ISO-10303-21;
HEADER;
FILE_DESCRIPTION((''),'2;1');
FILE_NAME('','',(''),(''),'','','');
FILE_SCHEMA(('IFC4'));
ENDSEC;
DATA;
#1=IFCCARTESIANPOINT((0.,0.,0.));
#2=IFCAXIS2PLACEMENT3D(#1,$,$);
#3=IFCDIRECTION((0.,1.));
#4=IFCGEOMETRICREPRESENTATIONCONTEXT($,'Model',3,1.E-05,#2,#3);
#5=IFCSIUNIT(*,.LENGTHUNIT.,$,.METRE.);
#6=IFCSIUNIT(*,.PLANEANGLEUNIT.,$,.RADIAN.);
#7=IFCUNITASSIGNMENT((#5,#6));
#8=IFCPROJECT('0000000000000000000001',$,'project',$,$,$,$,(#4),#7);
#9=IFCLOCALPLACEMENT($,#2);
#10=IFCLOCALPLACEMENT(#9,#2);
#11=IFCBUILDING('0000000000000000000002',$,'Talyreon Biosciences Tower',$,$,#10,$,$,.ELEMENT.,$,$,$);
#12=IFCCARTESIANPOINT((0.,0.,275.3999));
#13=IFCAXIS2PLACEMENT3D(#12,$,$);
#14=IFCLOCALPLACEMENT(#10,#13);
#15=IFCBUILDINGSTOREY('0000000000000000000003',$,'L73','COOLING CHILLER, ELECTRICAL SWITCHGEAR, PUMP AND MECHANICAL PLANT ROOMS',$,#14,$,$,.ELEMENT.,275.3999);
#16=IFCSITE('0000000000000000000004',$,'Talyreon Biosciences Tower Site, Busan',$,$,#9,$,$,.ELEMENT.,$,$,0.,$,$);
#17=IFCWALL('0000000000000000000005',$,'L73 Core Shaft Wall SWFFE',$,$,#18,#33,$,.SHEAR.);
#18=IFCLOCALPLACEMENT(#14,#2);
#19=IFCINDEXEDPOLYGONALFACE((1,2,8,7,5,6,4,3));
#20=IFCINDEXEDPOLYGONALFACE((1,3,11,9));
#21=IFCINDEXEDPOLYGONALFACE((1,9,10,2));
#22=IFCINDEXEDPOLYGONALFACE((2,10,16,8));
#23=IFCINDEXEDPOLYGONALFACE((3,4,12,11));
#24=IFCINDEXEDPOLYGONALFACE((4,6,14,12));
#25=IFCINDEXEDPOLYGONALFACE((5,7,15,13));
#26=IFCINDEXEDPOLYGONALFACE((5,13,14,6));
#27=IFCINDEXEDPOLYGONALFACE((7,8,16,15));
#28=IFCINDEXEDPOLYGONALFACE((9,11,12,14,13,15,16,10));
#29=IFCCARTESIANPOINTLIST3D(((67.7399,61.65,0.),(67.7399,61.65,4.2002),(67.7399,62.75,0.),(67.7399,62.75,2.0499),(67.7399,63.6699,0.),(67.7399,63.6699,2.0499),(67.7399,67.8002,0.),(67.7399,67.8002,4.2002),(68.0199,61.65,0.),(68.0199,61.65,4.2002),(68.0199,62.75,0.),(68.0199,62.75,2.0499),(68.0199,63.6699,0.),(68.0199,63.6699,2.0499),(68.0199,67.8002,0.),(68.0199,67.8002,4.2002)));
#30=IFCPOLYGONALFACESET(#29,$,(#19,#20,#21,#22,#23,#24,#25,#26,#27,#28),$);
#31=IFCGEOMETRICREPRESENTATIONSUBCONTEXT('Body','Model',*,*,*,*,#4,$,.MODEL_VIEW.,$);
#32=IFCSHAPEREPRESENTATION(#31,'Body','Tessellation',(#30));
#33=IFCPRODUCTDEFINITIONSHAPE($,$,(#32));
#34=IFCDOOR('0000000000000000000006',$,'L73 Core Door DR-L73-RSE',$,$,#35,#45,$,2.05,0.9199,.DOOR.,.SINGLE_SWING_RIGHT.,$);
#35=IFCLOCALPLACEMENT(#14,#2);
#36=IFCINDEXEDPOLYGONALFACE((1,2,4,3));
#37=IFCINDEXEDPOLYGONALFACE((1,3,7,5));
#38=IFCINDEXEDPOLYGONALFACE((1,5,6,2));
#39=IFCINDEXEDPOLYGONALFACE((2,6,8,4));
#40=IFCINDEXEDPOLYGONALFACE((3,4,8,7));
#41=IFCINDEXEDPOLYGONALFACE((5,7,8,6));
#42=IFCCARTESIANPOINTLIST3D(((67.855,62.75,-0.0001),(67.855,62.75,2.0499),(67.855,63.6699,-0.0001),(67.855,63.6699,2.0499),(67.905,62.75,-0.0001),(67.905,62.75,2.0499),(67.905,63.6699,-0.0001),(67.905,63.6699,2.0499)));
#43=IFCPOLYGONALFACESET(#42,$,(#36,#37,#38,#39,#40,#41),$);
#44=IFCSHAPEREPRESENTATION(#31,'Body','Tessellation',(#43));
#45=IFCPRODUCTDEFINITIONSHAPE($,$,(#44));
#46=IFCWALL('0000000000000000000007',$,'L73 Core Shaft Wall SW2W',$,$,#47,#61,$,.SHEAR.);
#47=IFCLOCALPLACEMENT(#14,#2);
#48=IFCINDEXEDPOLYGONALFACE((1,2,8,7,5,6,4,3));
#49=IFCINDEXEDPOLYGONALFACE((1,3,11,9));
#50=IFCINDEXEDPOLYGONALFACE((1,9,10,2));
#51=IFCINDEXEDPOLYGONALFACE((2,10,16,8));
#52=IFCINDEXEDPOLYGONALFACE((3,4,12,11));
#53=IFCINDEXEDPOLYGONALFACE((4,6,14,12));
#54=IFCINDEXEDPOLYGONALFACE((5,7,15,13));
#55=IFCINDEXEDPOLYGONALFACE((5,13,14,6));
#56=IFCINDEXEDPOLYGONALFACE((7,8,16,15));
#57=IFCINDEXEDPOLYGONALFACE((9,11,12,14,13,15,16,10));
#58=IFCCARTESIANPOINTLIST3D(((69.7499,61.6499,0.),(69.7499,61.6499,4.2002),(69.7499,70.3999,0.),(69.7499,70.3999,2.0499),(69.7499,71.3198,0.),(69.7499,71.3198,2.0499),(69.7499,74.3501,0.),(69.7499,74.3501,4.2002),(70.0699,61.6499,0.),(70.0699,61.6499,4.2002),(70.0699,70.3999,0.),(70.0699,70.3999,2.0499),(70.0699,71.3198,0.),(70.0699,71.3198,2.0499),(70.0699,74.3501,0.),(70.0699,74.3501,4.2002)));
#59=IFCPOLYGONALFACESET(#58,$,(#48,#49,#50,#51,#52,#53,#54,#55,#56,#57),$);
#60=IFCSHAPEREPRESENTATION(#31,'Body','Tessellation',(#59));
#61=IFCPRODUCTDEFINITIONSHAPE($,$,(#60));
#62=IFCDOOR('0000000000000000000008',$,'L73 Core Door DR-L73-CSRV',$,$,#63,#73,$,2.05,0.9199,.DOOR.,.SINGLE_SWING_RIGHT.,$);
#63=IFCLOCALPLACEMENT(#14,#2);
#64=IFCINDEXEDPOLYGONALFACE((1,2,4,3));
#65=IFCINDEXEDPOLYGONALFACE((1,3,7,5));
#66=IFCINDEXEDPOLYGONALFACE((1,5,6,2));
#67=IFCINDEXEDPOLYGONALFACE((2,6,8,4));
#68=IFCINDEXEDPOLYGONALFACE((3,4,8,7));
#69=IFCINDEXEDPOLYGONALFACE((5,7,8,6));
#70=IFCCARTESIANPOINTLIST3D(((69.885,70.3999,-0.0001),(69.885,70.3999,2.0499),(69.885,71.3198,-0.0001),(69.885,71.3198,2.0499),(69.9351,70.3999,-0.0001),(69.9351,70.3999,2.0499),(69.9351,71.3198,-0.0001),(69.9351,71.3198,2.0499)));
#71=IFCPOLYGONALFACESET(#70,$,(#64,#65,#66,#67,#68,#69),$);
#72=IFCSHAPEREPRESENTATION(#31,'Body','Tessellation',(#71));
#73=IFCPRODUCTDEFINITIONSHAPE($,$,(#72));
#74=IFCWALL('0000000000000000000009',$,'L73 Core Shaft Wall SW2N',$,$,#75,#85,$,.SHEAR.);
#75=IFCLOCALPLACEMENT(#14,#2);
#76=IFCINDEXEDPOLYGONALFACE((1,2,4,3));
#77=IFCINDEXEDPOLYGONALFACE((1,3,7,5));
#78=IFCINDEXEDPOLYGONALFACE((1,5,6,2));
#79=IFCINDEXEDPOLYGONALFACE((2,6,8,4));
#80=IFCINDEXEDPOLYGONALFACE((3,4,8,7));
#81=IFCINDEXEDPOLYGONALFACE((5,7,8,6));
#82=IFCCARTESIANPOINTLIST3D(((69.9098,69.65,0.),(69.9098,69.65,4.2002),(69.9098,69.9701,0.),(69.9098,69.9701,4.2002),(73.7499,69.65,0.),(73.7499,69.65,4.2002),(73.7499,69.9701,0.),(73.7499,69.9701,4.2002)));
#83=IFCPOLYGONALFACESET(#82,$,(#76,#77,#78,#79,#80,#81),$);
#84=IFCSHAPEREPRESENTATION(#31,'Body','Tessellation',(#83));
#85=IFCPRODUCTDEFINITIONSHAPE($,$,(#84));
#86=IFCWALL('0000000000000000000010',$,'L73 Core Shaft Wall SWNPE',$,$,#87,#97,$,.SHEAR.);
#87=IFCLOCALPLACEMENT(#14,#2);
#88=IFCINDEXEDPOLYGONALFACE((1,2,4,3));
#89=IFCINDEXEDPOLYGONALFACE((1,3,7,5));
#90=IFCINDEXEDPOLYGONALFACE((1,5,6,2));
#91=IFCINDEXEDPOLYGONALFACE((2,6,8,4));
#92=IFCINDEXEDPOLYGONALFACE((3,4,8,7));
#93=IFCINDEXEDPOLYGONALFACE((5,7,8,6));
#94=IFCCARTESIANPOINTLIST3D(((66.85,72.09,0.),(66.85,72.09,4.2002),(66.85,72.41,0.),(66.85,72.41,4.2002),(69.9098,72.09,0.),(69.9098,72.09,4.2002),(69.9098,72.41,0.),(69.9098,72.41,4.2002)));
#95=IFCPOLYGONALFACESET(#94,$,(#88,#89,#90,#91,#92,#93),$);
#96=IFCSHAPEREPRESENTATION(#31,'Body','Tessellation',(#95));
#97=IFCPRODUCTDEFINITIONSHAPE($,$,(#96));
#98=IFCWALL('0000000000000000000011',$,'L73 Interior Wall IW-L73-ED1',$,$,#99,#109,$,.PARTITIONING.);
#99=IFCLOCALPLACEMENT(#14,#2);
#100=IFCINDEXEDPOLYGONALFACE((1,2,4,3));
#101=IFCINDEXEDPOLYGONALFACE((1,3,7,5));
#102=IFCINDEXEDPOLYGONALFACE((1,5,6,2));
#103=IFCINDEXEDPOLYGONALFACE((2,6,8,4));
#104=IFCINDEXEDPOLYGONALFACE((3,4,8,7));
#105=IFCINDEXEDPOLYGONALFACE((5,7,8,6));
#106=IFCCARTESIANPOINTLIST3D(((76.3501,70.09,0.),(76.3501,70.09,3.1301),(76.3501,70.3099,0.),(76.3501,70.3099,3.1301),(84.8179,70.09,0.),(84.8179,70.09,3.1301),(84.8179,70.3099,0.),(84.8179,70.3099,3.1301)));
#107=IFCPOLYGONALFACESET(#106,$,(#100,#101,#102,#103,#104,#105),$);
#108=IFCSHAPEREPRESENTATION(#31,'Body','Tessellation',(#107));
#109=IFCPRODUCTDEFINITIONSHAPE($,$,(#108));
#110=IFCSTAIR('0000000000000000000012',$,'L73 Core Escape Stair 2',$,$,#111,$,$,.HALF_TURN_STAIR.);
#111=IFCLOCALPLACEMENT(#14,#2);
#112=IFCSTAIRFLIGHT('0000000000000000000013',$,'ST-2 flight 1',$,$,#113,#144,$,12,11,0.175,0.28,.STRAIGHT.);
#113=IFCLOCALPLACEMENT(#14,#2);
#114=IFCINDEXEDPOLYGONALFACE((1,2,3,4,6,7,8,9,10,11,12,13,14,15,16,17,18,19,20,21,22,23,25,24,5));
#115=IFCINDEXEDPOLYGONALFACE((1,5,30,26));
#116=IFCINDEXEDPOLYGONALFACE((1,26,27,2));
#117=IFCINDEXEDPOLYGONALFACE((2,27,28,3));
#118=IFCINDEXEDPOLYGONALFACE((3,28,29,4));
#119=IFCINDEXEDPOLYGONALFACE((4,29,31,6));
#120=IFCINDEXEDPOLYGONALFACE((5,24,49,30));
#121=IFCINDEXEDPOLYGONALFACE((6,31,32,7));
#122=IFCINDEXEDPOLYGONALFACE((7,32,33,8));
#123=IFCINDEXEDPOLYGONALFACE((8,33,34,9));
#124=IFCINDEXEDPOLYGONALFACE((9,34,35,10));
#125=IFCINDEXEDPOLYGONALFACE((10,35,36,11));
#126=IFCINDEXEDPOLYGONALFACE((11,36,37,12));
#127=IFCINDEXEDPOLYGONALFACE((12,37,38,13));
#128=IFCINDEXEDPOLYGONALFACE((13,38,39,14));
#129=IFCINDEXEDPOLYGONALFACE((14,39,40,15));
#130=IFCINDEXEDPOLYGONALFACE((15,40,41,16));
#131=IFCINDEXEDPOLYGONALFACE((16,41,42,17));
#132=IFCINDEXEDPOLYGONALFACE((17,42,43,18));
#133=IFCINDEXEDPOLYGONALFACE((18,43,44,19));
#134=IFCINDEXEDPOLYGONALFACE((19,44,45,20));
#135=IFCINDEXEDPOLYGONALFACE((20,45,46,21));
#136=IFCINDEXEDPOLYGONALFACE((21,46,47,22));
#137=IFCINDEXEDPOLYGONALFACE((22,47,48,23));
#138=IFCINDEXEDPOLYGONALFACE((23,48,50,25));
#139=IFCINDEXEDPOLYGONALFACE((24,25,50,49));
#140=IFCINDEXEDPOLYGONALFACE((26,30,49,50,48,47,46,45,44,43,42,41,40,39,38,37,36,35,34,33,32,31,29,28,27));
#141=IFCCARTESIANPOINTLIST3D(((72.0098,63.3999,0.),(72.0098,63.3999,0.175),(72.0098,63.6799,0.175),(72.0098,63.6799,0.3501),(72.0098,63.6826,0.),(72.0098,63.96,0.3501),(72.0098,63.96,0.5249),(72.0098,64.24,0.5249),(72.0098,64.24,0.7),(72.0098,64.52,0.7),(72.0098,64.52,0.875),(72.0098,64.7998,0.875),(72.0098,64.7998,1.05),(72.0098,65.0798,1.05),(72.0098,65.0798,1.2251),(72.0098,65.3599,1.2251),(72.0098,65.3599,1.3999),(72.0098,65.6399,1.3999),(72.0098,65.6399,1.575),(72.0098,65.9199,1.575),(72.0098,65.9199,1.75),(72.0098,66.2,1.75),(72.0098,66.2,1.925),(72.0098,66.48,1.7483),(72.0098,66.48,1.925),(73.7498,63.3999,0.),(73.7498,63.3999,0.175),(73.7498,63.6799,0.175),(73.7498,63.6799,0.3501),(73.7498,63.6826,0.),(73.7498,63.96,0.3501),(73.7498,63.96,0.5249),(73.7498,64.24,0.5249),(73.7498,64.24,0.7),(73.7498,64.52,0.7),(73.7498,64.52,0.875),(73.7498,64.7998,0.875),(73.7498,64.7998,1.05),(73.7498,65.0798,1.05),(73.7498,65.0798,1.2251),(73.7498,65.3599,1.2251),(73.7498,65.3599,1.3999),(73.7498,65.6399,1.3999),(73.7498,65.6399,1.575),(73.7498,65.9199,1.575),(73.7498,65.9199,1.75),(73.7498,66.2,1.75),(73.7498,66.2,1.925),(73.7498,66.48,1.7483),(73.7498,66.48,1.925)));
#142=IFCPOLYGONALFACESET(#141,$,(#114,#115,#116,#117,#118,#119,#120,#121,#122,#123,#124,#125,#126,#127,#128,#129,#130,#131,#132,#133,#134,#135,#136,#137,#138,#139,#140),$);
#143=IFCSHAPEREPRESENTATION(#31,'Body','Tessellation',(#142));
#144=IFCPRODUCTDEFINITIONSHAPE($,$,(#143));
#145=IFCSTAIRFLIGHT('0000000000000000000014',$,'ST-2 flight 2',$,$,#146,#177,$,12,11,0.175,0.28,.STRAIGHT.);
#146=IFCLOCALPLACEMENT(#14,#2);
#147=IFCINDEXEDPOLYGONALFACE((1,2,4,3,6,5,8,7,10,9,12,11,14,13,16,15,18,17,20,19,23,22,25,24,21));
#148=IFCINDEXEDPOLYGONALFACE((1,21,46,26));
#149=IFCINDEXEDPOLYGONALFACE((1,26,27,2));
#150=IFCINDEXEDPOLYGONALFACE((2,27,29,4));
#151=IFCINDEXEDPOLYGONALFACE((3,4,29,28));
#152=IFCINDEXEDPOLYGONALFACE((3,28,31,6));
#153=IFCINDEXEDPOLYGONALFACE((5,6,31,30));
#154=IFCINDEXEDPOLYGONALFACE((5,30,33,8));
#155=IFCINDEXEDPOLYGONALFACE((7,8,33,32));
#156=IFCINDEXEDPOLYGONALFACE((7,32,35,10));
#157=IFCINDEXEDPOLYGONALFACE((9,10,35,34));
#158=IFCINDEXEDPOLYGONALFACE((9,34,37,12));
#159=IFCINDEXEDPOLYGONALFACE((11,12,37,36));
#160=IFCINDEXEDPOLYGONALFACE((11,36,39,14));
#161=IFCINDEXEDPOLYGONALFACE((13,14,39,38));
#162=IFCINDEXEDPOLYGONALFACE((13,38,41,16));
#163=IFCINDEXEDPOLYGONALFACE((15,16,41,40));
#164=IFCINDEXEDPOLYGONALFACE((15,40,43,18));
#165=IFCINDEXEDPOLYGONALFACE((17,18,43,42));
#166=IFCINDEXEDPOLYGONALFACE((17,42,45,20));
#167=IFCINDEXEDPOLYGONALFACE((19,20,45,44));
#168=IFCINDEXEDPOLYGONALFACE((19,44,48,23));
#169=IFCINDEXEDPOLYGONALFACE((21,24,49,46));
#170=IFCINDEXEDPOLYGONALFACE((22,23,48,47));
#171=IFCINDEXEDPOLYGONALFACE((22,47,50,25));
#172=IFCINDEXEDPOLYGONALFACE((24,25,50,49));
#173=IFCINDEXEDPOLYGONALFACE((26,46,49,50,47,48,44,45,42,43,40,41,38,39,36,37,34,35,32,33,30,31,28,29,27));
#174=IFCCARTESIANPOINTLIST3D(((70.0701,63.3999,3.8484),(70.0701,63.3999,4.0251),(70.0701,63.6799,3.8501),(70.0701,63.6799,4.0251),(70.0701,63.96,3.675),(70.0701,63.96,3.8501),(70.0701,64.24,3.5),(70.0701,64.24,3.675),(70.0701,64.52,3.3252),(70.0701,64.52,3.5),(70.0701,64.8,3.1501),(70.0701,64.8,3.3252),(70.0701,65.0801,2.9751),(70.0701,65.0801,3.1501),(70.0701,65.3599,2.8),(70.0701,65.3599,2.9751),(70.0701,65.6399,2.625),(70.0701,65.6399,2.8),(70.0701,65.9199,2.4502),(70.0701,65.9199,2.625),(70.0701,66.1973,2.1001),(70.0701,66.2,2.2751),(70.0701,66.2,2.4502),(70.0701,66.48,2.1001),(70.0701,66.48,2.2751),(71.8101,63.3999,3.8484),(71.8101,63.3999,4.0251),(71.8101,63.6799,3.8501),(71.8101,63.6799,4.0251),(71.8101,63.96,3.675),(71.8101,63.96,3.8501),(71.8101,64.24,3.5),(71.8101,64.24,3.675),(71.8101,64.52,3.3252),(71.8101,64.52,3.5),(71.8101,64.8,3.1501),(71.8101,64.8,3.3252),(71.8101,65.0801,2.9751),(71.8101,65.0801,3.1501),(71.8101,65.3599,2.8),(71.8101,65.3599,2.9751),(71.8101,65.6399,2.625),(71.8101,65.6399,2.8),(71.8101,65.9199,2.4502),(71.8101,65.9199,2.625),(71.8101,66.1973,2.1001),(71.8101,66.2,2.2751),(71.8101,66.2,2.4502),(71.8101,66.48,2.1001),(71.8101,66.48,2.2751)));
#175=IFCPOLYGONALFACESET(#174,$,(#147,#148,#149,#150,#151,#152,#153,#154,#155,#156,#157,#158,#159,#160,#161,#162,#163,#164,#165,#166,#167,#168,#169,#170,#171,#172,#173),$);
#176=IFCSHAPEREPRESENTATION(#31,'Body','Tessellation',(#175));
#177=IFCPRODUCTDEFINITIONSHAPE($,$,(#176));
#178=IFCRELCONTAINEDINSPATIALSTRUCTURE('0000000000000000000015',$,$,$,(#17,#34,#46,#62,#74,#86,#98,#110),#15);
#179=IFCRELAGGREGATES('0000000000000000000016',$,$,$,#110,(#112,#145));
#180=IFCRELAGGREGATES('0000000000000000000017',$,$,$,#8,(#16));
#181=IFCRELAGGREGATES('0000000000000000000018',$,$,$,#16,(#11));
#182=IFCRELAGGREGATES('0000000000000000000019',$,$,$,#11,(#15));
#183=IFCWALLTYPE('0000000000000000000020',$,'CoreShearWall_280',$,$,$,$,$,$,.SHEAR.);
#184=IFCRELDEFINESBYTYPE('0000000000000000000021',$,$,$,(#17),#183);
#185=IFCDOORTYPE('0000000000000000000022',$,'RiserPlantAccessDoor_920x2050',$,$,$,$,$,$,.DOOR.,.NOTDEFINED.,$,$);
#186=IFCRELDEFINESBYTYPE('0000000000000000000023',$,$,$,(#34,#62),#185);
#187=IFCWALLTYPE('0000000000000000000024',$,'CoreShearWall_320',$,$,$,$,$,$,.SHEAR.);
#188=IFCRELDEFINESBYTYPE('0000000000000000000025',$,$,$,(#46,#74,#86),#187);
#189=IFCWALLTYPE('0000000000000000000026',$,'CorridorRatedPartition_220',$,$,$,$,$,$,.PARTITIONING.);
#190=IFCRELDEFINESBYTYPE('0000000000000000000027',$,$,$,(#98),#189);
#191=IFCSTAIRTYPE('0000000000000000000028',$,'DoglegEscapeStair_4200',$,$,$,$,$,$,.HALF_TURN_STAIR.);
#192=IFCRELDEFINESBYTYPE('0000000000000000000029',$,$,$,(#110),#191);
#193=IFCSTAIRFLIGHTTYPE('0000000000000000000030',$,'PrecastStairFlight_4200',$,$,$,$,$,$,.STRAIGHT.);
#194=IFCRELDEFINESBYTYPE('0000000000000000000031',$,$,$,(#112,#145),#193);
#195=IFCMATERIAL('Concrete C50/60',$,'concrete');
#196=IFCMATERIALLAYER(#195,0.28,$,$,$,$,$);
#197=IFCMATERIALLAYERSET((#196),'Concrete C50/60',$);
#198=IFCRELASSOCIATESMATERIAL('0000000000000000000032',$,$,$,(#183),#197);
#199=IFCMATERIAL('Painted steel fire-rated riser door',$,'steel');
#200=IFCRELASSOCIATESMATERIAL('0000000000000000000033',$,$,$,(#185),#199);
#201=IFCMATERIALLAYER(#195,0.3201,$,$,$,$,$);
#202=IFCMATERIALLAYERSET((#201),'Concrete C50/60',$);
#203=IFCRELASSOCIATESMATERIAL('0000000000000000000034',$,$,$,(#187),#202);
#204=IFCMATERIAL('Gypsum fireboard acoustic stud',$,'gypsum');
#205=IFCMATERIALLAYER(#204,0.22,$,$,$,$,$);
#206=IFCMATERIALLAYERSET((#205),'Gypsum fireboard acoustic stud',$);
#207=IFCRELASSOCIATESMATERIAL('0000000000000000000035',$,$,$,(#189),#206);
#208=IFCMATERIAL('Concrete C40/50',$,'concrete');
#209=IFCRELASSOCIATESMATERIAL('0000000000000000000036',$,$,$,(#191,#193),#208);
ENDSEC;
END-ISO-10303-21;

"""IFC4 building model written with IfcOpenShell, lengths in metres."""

from ifc_helpers import new_model, si_unit, direction, frame, frame_2d, origin, place, context, subcontext, project, spatial, polyline, rectangle, outline, extrude, material, layer, layer_set, type_object, element, fill, aggregate, save


model = new_model("IFC4")

# Units and contexts
model_context = context("Model", 3, precision=1e-05, world=origin(), true_north=direction((0.0, 1.0)))
body_context = subcontext(model_context, "Body", "Model", "MODEL_VIEW")
ifc_project = project(units=[si_unit("LENGTHUNIT", "METRE"), si_unit("PLANEANGLEUNIT", "RADIAN")], contexts=[model_context])

# Site, building, storey
site_placement = place(None, origin())
site = spatial("IfcSite", under=ifc_project, at=site_placement, Name="Talyreon Biosciences Tower Site, Busan", CompositionType="ELEMENT", RefElevation=0.0)
building_placement = place(site_placement, origin())
building = spatial("IfcBuilding", under=site, at=building_placement, Name="Talyreon Biosciences Tower", CompositionType="ELEMENT")
storey_placement = place(building_placement, frame((0.0, 0.0, 275.3999)))
storey = spatial("IfcBuildingStorey", under=building, at=storey_placement, Name="L73", Description="COOLING CHILLER, ELECTRICAL SWITCHGEAR, PUMP AND MECHANICAL PLANT ROOMS", CompositionType="ELEMENT", Elevation=275.3999)

# Shared definitions
ifc_material_1 = material(Name="Concrete C50/60", Category="concrete")

# Shared definitions
ifc_layer_1 = layer(ifc_material_1, 0.28)
ifc_layer_set_1 = layer_set([ifc_layer_1], Name="Concrete C50/60")
wall_type_1 = type_object("IfcWallType", Name="CoreShearWall_280", PredefinedType="SHEAR", material=ifc_layer_set_1)

# Walls, openings, doors
wall_1_placement = place(storey_placement, frame((67.8799, 61.6499, 0.0), z_axis=(0.0, 0.0, 1.0), x_axis=(0.0, 1.0, 0.0)))
wall_1 = element("IfcWall", 1, at=wall_1_placement, inside=storey, type_object=wall_type_1, Name="L73 Core Shaft Wall SWFFE", PredefinedType="SHEAR", context=body_context, shape_type="SweptSolid", body=[
    extrude(rectangle(XDim=6.1501, YDim=0.28, at=frame_2d((3.0752, 0.0))), origin(), (0.0, 0.0, 1.0), 4.2002),
])
opening_1_placement = place(wall_1_placement, frame((1.1001, 0.0, 0.0)))
opening_1 = element("IfcOpeningElement", 2, at=opening_1_placement, cuts=wall_1, PredefinedType="OPENING", context=body_context, shape_type="SweptSolid", body=[
    extrude(rectangle(XDim=0.9199, YDim=2.05, at=frame_2d((0.46, 1.0249))), frame((0.0, 0.1499, 0.0), z_axis=(0.0, -1.0, 0.0), x_axis=(1.0, 0.0, 0.0)), (0.0, 0.0, 1.0), 0.3),
])
ifc_material_2 = material(Name="Painted steel fire-rated riser door", Category="steel")
door_type = type_object("IfcDoorType", Name="RiserPlantAccessDoor_920x2050", OperationType="NOTDEFINED", PredefinedType="DOOR", material=ifc_material_2)
door_1_placement = place(opening_1_placement, origin())
door_1 = element("IfcDoor", 3, at=door_1_placement, inside=storey, type_object=door_type, Name="L73 Core Door DR-L73-RSE", OperationType="SINGLE_SWING_RIGHT", OverallHeight=2.05, OverallWidth=0.9199, PredefinedType="DOOR", context=body_context, shape_type="SweptSolid", body=[
    extrude(rectangle(XDim=0.9199, YDim=2.05, at=frame_2d((0.46, 1.0249))), frame((0.0, 0.0249, 0.0), z_axis=(0.0, -1.0, 0.0), x_axis=(1.0, 0.0, 0.0)), (0.0, 0.0, 1.0), 0.05),
])
fill(opening_1, door_1)
ifc_layer_2 = layer(ifc_material_1, 0.3201)
ifc_layer_set_2 = layer_set([ifc_layer_2], Name="Concrete C50/60")
wall_type_2 = type_object("IfcWallType", Name="CoreShearWall_320", PredefinedType="SHEAR", material=ifc_layer_set_2)
wall_2_placement = place(storey_placement, frame((69.9099, 61.6499, 0.0), z_axis=(0.0, 0.0, 1.0), x_axis=(0.0, 1.0, 0.0)))
wall_2 = element("IfcWall", 4, at=wall_2_placement, inside=storey, type_object=wall_type_2, Name="L73 Core Shaft Wall SW2W", PredefinedType="SHEAR", context=body_context, shape_type="SweptSolid", body=[
    extrude(rectangle(XDim=12.7002, YDim=0.3201, at=frame_2d((6.3501, 0.0))), origin(), (0.0, 0.0, 1.0), 4.2002),
])
opening_2_placement = place(wall_2_placement, frame((8.75, 0.0, 0.0)))
opening_2 = element("IfcOpeningElement", 5, at=opening_2_placement, cuts=wall_2, PredefinedType="OPENING", context=body_context, shape_type="SweptSolid", body=[
    extrude(rectangle(XDim=0.9199, YDim=2.05, at=frame_2d((0.46, 1.0249))), frame((0.0, 0.1699, 0.0), z_axis=(0.0, -1.0, 0.0), x_axis=(1.0, 0.0, 0.0)), (0.0, 0.0, 1.0), 0.3401),
])
door_2_placement = place(opening_2_placement, origin())
door_2 = element("IfcDoor", 6, at=door_2_placement, inside=storey, type_object=door_type, Name="L73 Core Door DR-L73-CSRV", OperationType="SINGLE_SWING_RIGHT", OverallHeight=2.05, OverallWidth=0.9199, PredefinedType="DOOR", context=body_context, shape_type="SweptSolid", body=[
    extrude(rectangle(XDim=0.9199, YDim=2.05, at=frame_2d((0.46, 1.0249))), frame((0.0, 0.0249, 0.0), z_axis=(0.0, -1.0, 0.0), x_axis=(1.0, 0.0, 0.0)), (0.0, 0.0, 1.0), 0.05),
])
fill(opening_2, door_2)

# Walls
wall_3_placement = place(storey_placement, frame((69.9099, 69.8101, 0.0), z_axis=(0.0, 0.0, 1.0), x_axis=(1.0, 0.0, 0.0)))
element("IfcWall", 7, at=wall_3_placement, inside=storey, type_object=wall_type_2, Name="L73 Core Shaft Wall SW2N", PredefinedType="SHEAR", context=body_context, shape_type="SweptSolid", body=[
    extrude(rectangle(XDim=3.8401, YDim=0.3201, at=frame_2d((1.9199, 0.0))), origin(), (0.0, 0.0, 1.0), 4.2002),
])
wall_4_placement = place(storey_placement, frame((66.8501, 72.25, 0.0), z_axis=(0.0, 0.0, 1.0), x_axis=(1.0, 0.0, 0.0)))
element("IfcWall", 8, at=wall_4_placement, inside=storey, type_object=wall_type_2, Name="L73 Core Shaft Wall SWNPE", PredefinedType="SHEAR", context=body_context, shape_type="SweptSolid", body=[
    extrude(rectangle(XDim=3.0598, YDim=0.3201, at=frame_2d((1.5298, 0.0))), origin(), (0.0, 0.0, 1.0), 4.2002),
])
ifc_material_3 = material(Name="Gypsum fireboard acoustic stud", Category="gypsum")
ifc_layer_3 = layer(ifc_material_3, 0.22)
ifc_layer_set_3 = layer_set([ifc_layer_3], Name="Gypsum fireboard acoustic stud")
wall_type_3 = type_object("IfcWallType", Name="CorridorRatedPartition_220", PredefinedType="PARTITIONING", material=ifc_layer_set_3)
wall_5_placement = place(storey_placement, frame((76.3501, 70.2, 0.0), z_axis=(0.0, 0.0, 1.0), x_axis=(1.0, 0.0, 0.0)))
element("IfcWall", 9, at=wall_5_placement, inside=storey, type_object=wall_type_3, Name="L73 Interior Wall IW-L73-ED1", PredefinedType="PARTITIONING", context=body_context, shape_type="SweptSolid", body=[
    extrude(rectangle(XDim=8.4678, YDim=0.22, at=frame_2d((4.2339, 0.0))), origin(), (0.0, 0.0, 1.0), 3.1301),
])

# Stair, stair flights
ifc_material_4 = material(Name="Concrete C40/50", Category="concrete")
stair_type = type_object("IfcStairType", Name="DoglegEscapeStair_4200", PredefinedType="HALF_TURN_STAIR", material=ifc_material_4)
stair_placement = place(storey_placement, origin())
stair = element("IfcStair", 10, at=stair_placement, inside=storey, type_object=stair_type, Name="L73 Core Escape Stair 2", PredefinedType="HALF_TURN_STAIR")
stair_flight_type = type_object("IfcStairFlightType", Name="PrecastStairFlight_4200", PredefinedType="STRAIGHT", material=ifc_material_4)
stair_flight_1_placement = place(storey_placement, frame((72.8799, 63.3999, 0.0), z_axis=(0.0, 0.0, 1.0), x_axis=(0.0, 1.0, 0.0)))
stair_flight_1 = element("IfcStairFlight", 11, at=stair_flight_1_placement, type_object=stair_flight_type, Name="ST-2 flight 1", NumberOfRisers=12, NumberOfTreads=11, PredefinedType="STRAIGHT", RiserHeight=0.175, TreadLength=0.28, context=body_context, shape_type="SweptSolid", body=[
    extrude(outline(polyline([(0.0, 0.0), (0.0, 0.175), (0.28, 0.175), (0.28, 0.3501), (0.5601, 0.3501), (0.5601, 0.5249), (0.8401, 0.5249), (0.8401, 0.7), (1.1201, 0.7), (1.1201, 0.875), (1.3999, 0.875), (1.3999, 1.05), (1.6799, 1.05), (1.6799, 1.2251), (1.96, 1.2251), (1.96, 1.3999), (2.24, 1.3999), (2.24, 1.575), (2.52, 1.575), (2.52, 1.75), (2.8, 1.75), (2.8, 1.925), (3.0801, 1.925), (3.0801, 2.1001), (3.0801, 1.7483), (0.2827, 0.0), (0.0, 0.0)])), frame((0.0, 0.8701, 0.0), z_axis=(0.0, -1.0, 0.0), x_axis=(1.0, 0.0, 0.0)), (0.0, 0.0, 1.0), 1.74),
])
stair_flight_2_placement = place(storey_placement, frame((70.9399, 66.48, 2.1001), z_axis=(0.0, 0.0, 1.0), x_axis=(0.0, -1.0, 0.0)))
stair_flight_2 = element("IfcStairFlight", 12, at=stair_flight_2_placement, type_object=stair_flight_type, Name="ST-2 flight 2", NumberOfRisers=12, NumberOfTreads=11, PredefinedType="STRAIGHT", RiserHeight=0.175, TreadLength=0.28, context=body_context, shape_type="SweptSolid", body=[
    extrude(outline(polyline([(0.0, 0.0), (0.0, 0.175), (0.28, 0.175), (0.28, 0.3501), (0.5601, 0.3501), (0.5601, 0.5249), (0.8401, 0.5249), (0.8401, 0.7), (1.1201, 0.7), (1.1201, 0.875), (1.3999, 0.875), (1.3999, 1.05), (1.6799, 1.05), (1.6799, 1.2251), (1.96, 1.2251), (1.96, 1.3999), (2.24, 1.3999), (2.24, 1.575), (2.52, 1.575), (2.52, 1.75), (2.8, 1.75), (2.8, 1.925), (3.0801, 1.925), (3.0801, 2.1001), (3.0801, 1.7483), (0.2827, 0.0), (0.0, 0.0)])), frame((0.0, 0.8701, 0.0), z_axis=(0.0, -1.0, 0.0), x_axis=(1.0, 0.0, 0.0)), (0.0, 0.0, 1.0), 1.74),
])
aggregate(stair, [stair_flight_1, stair_flight_2])

save(model, "model.ifc")
